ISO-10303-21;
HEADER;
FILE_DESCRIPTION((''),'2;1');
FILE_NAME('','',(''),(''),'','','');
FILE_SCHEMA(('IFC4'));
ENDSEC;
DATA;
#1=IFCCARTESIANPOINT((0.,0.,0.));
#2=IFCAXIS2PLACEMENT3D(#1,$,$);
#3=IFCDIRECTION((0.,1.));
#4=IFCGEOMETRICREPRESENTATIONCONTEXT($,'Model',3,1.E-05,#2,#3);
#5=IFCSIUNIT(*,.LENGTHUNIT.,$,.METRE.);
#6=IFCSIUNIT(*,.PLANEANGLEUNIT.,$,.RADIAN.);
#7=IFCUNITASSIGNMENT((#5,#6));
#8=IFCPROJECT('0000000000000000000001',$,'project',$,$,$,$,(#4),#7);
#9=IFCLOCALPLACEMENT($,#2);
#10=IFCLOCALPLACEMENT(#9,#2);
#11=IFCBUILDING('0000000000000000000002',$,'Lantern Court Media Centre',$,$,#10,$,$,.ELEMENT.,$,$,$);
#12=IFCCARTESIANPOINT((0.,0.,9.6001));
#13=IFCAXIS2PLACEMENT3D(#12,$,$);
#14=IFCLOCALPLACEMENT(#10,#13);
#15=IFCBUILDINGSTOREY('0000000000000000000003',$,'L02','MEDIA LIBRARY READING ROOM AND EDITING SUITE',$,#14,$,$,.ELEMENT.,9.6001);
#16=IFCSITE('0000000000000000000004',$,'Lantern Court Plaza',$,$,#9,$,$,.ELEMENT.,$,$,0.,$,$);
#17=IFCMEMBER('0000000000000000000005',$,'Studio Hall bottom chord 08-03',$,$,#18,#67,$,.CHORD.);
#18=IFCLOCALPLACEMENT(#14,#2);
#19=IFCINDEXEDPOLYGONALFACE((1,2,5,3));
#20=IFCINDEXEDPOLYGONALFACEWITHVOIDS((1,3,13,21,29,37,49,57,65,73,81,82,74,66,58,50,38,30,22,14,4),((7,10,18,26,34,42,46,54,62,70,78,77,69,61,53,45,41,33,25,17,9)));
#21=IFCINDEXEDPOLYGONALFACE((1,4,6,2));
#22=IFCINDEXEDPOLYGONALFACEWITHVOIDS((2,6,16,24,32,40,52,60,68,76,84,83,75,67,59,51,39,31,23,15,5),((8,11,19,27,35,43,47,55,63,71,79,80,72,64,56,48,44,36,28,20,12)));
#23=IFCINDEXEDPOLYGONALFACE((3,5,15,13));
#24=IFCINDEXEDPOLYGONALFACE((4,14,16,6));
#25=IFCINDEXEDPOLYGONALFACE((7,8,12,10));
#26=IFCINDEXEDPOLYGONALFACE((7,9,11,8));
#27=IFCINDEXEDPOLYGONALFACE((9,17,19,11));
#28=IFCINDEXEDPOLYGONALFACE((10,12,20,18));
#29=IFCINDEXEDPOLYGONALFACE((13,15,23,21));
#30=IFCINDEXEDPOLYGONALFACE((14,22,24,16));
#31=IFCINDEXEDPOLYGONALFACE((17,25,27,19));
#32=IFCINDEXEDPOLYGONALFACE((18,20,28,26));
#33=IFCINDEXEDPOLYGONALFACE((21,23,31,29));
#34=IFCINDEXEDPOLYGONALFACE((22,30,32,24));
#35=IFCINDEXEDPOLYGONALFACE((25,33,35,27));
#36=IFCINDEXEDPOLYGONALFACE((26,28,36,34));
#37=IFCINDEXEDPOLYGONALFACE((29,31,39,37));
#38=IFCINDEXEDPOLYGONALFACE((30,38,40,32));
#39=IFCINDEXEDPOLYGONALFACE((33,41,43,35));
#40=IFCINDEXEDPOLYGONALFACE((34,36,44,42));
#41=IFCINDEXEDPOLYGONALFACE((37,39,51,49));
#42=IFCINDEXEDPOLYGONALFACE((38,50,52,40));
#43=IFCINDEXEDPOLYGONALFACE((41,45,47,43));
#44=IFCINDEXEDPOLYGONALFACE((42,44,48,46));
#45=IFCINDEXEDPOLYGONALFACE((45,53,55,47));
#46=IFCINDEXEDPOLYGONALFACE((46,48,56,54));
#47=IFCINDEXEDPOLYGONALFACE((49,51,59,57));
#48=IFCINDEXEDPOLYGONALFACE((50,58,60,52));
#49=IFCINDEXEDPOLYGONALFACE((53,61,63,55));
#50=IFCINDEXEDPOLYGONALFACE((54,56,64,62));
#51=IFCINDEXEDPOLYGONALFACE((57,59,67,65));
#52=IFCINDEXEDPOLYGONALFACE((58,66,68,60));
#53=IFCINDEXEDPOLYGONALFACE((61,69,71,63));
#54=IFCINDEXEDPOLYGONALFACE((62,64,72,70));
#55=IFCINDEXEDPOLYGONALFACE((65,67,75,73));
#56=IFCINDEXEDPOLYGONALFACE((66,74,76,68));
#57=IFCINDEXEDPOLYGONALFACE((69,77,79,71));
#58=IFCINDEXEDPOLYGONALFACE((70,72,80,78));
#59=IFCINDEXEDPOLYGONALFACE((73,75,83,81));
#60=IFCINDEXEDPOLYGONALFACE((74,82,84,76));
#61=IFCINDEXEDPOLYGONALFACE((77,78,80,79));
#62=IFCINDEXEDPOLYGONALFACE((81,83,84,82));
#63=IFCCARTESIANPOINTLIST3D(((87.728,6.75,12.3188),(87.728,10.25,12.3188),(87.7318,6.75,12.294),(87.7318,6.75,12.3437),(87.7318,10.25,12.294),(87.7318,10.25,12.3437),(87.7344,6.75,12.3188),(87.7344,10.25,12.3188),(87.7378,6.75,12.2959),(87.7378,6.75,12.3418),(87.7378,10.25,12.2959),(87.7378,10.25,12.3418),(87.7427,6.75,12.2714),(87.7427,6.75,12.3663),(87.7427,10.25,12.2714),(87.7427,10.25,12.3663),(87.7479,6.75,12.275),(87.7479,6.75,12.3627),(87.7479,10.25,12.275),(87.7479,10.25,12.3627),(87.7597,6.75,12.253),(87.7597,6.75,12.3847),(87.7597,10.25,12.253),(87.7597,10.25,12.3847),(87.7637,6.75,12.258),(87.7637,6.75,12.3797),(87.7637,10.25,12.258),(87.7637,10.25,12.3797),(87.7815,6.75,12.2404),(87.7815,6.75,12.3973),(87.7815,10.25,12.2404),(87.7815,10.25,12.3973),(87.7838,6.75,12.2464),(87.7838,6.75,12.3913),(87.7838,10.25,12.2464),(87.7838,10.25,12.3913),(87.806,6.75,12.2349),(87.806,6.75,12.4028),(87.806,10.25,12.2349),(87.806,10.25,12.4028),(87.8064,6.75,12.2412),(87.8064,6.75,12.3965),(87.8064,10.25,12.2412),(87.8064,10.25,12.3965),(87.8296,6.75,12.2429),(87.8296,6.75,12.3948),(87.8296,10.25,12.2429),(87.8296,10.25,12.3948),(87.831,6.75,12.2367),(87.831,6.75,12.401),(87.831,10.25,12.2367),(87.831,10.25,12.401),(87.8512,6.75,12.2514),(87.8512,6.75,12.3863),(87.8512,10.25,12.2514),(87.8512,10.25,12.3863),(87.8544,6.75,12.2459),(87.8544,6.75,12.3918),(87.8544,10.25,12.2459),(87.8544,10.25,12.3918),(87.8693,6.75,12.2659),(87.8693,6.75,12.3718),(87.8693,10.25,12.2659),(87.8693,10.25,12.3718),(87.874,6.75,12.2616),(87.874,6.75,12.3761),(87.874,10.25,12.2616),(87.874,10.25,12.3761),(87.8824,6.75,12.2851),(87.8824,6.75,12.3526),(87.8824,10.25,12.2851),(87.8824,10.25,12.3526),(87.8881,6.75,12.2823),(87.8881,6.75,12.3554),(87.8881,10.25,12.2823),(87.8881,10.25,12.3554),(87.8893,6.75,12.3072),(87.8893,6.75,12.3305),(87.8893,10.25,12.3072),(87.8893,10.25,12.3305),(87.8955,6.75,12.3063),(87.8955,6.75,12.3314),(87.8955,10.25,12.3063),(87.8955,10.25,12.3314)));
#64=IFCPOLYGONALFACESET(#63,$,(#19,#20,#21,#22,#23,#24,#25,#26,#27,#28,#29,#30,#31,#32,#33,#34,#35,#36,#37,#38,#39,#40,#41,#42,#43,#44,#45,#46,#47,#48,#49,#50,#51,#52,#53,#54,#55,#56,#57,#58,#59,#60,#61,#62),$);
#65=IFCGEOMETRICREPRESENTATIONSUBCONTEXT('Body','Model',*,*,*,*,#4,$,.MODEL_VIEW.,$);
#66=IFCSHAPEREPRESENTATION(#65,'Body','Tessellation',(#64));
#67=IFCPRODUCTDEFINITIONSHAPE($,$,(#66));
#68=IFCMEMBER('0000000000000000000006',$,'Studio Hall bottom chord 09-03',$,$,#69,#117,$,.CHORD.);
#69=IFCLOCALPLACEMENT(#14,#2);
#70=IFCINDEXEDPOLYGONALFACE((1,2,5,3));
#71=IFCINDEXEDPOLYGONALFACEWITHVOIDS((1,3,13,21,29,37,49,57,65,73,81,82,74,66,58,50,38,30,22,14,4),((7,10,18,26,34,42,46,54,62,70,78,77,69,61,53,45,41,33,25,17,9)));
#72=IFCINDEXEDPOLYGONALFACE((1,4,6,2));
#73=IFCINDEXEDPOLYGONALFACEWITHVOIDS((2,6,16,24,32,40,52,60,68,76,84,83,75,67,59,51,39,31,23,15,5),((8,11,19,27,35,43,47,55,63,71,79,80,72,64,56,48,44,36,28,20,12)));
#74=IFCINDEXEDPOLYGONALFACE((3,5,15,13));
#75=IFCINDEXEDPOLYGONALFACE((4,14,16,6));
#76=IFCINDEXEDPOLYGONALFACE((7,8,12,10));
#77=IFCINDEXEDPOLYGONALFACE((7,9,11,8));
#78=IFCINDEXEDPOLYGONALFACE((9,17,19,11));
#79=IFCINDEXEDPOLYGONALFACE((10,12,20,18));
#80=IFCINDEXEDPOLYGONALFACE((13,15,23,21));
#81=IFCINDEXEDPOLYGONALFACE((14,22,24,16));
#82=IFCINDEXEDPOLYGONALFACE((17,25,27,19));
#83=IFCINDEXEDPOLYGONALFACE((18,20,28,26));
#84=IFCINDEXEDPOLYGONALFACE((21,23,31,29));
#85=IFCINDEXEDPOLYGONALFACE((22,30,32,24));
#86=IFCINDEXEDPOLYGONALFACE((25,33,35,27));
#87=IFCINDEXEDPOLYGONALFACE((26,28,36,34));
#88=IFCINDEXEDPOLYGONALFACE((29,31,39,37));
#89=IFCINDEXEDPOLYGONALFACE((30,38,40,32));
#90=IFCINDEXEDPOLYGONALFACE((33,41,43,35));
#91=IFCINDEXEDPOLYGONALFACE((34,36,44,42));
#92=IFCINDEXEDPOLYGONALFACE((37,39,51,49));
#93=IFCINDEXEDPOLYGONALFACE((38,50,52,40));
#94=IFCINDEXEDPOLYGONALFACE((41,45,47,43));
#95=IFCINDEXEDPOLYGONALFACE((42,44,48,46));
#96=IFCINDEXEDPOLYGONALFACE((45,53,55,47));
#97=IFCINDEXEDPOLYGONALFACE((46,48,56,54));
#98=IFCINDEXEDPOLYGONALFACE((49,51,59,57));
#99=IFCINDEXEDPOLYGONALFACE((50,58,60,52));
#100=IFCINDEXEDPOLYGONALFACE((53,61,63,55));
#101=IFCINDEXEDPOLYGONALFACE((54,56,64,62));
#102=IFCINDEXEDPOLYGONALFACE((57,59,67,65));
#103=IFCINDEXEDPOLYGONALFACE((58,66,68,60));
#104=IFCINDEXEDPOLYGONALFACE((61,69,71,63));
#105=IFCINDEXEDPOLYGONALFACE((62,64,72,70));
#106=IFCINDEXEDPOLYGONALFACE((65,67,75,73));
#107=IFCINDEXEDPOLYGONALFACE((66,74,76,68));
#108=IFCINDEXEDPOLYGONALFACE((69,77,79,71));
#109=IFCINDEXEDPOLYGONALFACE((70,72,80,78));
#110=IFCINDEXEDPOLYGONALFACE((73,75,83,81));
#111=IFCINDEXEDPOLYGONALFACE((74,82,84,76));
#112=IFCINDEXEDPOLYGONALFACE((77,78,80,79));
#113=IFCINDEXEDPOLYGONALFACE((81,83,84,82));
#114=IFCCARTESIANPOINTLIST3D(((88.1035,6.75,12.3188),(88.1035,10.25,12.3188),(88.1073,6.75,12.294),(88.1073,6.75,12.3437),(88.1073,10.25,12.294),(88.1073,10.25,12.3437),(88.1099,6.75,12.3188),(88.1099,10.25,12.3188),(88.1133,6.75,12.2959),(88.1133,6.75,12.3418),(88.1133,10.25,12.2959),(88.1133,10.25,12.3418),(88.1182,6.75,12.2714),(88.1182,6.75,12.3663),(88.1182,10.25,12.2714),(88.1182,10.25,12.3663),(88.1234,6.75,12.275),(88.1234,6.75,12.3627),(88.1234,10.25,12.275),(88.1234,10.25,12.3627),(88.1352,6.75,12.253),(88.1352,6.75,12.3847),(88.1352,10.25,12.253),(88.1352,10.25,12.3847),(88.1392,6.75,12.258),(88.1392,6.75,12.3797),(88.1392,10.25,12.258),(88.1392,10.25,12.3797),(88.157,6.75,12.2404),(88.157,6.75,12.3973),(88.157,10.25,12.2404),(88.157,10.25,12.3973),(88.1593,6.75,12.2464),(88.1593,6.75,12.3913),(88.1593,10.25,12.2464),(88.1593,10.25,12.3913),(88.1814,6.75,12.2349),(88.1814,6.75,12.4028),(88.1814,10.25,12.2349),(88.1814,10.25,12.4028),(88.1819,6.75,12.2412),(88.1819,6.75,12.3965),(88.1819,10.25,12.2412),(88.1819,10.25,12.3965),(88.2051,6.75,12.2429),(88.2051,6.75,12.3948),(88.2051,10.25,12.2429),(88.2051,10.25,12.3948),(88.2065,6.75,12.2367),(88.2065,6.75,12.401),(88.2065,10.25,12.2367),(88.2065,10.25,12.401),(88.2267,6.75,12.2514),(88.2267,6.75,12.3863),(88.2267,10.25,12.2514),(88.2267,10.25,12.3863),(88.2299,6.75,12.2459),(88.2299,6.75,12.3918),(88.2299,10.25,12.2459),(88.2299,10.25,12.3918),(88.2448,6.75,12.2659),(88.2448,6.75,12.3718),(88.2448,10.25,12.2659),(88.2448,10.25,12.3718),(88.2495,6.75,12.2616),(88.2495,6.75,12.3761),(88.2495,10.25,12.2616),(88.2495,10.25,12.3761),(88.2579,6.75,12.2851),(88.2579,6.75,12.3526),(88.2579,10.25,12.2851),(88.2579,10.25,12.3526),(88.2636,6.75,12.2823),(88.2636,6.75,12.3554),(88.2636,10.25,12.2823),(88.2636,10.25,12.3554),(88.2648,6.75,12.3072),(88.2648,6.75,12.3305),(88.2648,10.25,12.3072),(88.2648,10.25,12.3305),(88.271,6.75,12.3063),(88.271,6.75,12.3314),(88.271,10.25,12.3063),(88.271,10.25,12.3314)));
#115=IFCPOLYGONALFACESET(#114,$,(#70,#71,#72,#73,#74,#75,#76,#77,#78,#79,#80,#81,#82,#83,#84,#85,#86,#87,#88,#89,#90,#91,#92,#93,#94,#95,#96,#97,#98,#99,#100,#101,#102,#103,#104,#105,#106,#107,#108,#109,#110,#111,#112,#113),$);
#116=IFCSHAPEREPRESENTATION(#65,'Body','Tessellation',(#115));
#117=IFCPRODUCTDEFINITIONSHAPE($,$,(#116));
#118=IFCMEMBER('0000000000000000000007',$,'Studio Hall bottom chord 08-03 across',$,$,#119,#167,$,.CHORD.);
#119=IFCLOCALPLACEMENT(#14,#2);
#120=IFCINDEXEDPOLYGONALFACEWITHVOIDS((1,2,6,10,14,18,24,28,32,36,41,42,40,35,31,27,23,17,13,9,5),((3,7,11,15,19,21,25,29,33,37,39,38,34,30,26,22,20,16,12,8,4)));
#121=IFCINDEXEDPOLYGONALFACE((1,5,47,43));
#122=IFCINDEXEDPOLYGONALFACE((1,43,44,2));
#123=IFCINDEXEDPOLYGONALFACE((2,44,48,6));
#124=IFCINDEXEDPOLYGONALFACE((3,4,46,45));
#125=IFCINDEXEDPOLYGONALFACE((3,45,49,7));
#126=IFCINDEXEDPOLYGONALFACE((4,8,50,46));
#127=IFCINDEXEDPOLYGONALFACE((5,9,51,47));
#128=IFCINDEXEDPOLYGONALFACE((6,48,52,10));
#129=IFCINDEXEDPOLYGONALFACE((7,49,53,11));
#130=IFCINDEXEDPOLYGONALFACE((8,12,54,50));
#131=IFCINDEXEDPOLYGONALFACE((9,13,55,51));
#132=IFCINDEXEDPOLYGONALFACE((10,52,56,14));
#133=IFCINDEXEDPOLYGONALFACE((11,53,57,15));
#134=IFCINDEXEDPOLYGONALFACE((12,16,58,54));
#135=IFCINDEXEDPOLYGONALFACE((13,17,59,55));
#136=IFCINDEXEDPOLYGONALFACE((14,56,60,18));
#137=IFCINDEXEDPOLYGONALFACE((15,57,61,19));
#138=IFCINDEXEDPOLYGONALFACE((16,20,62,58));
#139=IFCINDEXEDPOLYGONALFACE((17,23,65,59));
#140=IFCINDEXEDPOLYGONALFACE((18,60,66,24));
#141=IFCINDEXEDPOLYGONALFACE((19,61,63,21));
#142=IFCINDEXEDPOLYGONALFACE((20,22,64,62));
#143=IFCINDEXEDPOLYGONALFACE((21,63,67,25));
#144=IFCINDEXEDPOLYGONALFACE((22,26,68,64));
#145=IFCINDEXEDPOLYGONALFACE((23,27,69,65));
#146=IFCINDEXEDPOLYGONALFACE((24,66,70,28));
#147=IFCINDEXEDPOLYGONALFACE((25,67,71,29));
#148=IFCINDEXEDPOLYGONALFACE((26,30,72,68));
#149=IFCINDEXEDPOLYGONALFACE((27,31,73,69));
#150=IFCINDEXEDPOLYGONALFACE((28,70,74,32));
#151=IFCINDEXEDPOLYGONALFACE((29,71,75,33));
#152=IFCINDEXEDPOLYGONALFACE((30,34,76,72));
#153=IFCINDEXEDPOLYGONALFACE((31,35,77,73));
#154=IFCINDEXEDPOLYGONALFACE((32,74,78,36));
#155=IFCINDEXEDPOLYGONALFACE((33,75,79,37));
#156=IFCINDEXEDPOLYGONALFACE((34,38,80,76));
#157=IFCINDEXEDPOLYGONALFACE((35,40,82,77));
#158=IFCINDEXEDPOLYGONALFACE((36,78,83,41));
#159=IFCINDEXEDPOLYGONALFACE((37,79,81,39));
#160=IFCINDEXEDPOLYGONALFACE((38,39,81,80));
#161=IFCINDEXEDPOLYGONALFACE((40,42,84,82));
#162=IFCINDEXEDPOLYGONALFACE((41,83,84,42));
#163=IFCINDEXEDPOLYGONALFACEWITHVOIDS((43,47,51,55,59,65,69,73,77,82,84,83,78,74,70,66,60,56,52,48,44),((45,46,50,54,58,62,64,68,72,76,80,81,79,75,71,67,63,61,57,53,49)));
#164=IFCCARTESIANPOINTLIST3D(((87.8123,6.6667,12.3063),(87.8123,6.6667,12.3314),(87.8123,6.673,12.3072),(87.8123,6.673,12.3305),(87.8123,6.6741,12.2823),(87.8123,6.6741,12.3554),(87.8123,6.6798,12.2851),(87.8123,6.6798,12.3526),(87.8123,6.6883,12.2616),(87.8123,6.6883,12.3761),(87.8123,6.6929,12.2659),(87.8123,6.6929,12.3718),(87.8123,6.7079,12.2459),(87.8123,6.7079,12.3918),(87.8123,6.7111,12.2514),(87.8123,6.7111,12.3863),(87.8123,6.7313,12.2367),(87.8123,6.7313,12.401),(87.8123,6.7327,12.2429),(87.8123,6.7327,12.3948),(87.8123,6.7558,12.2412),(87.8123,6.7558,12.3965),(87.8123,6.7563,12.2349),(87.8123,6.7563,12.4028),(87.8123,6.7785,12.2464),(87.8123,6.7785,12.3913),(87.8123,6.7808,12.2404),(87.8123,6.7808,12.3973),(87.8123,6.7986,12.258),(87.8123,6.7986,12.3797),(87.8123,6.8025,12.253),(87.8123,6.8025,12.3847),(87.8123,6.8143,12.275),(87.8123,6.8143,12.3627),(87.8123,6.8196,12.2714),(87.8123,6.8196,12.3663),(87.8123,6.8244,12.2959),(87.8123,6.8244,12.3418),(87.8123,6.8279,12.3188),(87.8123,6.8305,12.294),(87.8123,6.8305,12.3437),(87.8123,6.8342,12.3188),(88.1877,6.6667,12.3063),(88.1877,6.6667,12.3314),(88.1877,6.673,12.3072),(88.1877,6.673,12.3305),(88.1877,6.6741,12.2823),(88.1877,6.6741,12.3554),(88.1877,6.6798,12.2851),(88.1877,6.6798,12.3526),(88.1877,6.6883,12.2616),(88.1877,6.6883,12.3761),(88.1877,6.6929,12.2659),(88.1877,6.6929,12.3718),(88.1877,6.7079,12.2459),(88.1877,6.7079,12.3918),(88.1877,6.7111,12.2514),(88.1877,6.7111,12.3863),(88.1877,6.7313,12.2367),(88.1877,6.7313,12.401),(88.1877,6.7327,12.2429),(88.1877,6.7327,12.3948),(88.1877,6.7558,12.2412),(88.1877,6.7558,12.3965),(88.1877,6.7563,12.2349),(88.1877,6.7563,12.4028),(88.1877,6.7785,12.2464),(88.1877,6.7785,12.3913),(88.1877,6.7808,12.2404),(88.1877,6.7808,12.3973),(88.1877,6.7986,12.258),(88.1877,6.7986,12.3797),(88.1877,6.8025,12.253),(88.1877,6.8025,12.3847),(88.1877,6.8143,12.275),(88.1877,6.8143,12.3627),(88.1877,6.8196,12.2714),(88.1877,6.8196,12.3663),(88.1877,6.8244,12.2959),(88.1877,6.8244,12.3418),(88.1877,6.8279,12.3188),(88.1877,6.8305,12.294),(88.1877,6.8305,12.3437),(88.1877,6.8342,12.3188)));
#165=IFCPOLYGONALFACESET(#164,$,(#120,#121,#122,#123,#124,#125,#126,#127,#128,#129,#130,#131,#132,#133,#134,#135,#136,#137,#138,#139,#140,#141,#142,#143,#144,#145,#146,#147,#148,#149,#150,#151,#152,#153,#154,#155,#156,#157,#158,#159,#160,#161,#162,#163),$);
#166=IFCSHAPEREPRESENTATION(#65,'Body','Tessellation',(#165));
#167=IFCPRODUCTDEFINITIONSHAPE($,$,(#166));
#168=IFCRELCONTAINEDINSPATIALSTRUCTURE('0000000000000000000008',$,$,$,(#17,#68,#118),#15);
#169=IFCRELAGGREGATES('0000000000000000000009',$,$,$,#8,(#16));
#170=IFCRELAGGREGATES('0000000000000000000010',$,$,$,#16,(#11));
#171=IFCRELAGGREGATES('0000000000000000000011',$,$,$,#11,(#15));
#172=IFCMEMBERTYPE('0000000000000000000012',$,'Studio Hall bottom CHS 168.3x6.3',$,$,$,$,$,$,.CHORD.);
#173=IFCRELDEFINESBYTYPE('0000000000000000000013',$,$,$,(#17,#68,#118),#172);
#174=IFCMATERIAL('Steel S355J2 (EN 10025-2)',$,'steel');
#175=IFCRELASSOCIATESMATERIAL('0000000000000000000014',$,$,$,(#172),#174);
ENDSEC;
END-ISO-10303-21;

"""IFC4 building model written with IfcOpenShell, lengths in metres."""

from ifc_helpers import new_model, si_unit, direction, frame, origin, origin_2d, place, context, subcontext, project, spatial, hollow_circle, extrude, material, material_profile, profile_set, type_object, element, save


model = new_model("IFC4")

# Units and contexts
model_context = context("Model", 3, precision=1e-05, world=origin(), true_north=direction((0.0, 1.0)))
body_context = subcontext(model_context, "Body", "Model", "MODEL_VIEW")
ifc_project = project(units=[si_unit("LENGTHUNIT", "METRE"), si_unit("PLANEANGLEUNIT", "RADIAN")], contexts=[model_context])

# Site, building, storey
site_placement = place(None, origin())
site = spatial("IfcSite", under=ifc_project, at=site_placement, Name="Lantern Court Plaza", CompositionType="ELEMENT", RefElevation=0.0)
building_placement = place(site_placement, origin())
building = spatial("IfcBuilding", under=site, at=building_placement, Name="Lantern Court Media Centre", CompositionType="ELEMENT")
storey_placement = place(building_placement, frame((0.0, 0.0, 9.6001)))
storey = spatial("IfcBuildingStorey", under=building, at=storey_placement, Name="L02", Description="MEDIA LIBRARY READING ROOM AND EDITING SUITE", CompositionType="ELEMENT", Elevation=9.6001)

# Members
ifc_material = material(Name="Steel S355J2 (EN 10025-2)", Category="steel")
ifc_material_profile_1 = material_profile(ifc_material, hollow_circle(Radius=0.0842, WallThickness=0.0063, at=origin_2d()), Name="Studio Hall bottom CHS 168.3x6.3")
ifc_profile_set_1 = profile_set([ifc_material_profile_1], Name="Steel S355J2 (EN 10025-2)")
member_type_1 = type_object("IfcMemberType", Name="Studio Hall bottom CHS 168.3x6.3", PredefinedType="CHORD", material=ifc_profile_set_1)
for number, where, z_axis, x_axis, name in (
    (1, (87.8123, 6.75, 12.3188), (0.0, 1.0, 0.0), (-1.0, 0.0, 0.0), "Studio Hall bottom chord 08-03"),
    (2, (88.1877, 6.75, 12.3188), (0.0, 1.0, 0.0), (-1.0, 0.0, 0.0), "Studio Hall bottom chord 09-03"),
):
    element("IfcMember", number, at=place(storey_placement, frame(where, z_axis=z_axis, x_axis=x_axis)), inside=storey, type_object=member_type_1, Name=name, PredefinedType="CHORD", context=body_context, shape_type="SweptSolid", body=[
        extrude(hollow_circle(Radius=0.0842, WallThickness=0.0063, at=origin_2d()), origin(), (0.0, 0.0, 1.0), 3.5),
    ])
member_1_placement = place(storey_placement, frame((87.8123, 6.75, 12.3188), z_axis=(1.0, 0.0, 0.0), x_axis=(0.0, 1.0, 0.0)))
element("IfcMember", 3, at=member_1_placement, inside=storey, type_object=member_type_1, Name="Studio Hall bottom chord 08-03 across", PredefinedType="CHORD", context=body_context, shape_type="SweptSolid", body=[
    extrude(hollow_circle(Radius=0.0842, WallThickness=0.0063, at=origin_2d()), origin(), (0.0, 0.0, 1.0), 0.3755),
])

save(model, "model.ifc")
